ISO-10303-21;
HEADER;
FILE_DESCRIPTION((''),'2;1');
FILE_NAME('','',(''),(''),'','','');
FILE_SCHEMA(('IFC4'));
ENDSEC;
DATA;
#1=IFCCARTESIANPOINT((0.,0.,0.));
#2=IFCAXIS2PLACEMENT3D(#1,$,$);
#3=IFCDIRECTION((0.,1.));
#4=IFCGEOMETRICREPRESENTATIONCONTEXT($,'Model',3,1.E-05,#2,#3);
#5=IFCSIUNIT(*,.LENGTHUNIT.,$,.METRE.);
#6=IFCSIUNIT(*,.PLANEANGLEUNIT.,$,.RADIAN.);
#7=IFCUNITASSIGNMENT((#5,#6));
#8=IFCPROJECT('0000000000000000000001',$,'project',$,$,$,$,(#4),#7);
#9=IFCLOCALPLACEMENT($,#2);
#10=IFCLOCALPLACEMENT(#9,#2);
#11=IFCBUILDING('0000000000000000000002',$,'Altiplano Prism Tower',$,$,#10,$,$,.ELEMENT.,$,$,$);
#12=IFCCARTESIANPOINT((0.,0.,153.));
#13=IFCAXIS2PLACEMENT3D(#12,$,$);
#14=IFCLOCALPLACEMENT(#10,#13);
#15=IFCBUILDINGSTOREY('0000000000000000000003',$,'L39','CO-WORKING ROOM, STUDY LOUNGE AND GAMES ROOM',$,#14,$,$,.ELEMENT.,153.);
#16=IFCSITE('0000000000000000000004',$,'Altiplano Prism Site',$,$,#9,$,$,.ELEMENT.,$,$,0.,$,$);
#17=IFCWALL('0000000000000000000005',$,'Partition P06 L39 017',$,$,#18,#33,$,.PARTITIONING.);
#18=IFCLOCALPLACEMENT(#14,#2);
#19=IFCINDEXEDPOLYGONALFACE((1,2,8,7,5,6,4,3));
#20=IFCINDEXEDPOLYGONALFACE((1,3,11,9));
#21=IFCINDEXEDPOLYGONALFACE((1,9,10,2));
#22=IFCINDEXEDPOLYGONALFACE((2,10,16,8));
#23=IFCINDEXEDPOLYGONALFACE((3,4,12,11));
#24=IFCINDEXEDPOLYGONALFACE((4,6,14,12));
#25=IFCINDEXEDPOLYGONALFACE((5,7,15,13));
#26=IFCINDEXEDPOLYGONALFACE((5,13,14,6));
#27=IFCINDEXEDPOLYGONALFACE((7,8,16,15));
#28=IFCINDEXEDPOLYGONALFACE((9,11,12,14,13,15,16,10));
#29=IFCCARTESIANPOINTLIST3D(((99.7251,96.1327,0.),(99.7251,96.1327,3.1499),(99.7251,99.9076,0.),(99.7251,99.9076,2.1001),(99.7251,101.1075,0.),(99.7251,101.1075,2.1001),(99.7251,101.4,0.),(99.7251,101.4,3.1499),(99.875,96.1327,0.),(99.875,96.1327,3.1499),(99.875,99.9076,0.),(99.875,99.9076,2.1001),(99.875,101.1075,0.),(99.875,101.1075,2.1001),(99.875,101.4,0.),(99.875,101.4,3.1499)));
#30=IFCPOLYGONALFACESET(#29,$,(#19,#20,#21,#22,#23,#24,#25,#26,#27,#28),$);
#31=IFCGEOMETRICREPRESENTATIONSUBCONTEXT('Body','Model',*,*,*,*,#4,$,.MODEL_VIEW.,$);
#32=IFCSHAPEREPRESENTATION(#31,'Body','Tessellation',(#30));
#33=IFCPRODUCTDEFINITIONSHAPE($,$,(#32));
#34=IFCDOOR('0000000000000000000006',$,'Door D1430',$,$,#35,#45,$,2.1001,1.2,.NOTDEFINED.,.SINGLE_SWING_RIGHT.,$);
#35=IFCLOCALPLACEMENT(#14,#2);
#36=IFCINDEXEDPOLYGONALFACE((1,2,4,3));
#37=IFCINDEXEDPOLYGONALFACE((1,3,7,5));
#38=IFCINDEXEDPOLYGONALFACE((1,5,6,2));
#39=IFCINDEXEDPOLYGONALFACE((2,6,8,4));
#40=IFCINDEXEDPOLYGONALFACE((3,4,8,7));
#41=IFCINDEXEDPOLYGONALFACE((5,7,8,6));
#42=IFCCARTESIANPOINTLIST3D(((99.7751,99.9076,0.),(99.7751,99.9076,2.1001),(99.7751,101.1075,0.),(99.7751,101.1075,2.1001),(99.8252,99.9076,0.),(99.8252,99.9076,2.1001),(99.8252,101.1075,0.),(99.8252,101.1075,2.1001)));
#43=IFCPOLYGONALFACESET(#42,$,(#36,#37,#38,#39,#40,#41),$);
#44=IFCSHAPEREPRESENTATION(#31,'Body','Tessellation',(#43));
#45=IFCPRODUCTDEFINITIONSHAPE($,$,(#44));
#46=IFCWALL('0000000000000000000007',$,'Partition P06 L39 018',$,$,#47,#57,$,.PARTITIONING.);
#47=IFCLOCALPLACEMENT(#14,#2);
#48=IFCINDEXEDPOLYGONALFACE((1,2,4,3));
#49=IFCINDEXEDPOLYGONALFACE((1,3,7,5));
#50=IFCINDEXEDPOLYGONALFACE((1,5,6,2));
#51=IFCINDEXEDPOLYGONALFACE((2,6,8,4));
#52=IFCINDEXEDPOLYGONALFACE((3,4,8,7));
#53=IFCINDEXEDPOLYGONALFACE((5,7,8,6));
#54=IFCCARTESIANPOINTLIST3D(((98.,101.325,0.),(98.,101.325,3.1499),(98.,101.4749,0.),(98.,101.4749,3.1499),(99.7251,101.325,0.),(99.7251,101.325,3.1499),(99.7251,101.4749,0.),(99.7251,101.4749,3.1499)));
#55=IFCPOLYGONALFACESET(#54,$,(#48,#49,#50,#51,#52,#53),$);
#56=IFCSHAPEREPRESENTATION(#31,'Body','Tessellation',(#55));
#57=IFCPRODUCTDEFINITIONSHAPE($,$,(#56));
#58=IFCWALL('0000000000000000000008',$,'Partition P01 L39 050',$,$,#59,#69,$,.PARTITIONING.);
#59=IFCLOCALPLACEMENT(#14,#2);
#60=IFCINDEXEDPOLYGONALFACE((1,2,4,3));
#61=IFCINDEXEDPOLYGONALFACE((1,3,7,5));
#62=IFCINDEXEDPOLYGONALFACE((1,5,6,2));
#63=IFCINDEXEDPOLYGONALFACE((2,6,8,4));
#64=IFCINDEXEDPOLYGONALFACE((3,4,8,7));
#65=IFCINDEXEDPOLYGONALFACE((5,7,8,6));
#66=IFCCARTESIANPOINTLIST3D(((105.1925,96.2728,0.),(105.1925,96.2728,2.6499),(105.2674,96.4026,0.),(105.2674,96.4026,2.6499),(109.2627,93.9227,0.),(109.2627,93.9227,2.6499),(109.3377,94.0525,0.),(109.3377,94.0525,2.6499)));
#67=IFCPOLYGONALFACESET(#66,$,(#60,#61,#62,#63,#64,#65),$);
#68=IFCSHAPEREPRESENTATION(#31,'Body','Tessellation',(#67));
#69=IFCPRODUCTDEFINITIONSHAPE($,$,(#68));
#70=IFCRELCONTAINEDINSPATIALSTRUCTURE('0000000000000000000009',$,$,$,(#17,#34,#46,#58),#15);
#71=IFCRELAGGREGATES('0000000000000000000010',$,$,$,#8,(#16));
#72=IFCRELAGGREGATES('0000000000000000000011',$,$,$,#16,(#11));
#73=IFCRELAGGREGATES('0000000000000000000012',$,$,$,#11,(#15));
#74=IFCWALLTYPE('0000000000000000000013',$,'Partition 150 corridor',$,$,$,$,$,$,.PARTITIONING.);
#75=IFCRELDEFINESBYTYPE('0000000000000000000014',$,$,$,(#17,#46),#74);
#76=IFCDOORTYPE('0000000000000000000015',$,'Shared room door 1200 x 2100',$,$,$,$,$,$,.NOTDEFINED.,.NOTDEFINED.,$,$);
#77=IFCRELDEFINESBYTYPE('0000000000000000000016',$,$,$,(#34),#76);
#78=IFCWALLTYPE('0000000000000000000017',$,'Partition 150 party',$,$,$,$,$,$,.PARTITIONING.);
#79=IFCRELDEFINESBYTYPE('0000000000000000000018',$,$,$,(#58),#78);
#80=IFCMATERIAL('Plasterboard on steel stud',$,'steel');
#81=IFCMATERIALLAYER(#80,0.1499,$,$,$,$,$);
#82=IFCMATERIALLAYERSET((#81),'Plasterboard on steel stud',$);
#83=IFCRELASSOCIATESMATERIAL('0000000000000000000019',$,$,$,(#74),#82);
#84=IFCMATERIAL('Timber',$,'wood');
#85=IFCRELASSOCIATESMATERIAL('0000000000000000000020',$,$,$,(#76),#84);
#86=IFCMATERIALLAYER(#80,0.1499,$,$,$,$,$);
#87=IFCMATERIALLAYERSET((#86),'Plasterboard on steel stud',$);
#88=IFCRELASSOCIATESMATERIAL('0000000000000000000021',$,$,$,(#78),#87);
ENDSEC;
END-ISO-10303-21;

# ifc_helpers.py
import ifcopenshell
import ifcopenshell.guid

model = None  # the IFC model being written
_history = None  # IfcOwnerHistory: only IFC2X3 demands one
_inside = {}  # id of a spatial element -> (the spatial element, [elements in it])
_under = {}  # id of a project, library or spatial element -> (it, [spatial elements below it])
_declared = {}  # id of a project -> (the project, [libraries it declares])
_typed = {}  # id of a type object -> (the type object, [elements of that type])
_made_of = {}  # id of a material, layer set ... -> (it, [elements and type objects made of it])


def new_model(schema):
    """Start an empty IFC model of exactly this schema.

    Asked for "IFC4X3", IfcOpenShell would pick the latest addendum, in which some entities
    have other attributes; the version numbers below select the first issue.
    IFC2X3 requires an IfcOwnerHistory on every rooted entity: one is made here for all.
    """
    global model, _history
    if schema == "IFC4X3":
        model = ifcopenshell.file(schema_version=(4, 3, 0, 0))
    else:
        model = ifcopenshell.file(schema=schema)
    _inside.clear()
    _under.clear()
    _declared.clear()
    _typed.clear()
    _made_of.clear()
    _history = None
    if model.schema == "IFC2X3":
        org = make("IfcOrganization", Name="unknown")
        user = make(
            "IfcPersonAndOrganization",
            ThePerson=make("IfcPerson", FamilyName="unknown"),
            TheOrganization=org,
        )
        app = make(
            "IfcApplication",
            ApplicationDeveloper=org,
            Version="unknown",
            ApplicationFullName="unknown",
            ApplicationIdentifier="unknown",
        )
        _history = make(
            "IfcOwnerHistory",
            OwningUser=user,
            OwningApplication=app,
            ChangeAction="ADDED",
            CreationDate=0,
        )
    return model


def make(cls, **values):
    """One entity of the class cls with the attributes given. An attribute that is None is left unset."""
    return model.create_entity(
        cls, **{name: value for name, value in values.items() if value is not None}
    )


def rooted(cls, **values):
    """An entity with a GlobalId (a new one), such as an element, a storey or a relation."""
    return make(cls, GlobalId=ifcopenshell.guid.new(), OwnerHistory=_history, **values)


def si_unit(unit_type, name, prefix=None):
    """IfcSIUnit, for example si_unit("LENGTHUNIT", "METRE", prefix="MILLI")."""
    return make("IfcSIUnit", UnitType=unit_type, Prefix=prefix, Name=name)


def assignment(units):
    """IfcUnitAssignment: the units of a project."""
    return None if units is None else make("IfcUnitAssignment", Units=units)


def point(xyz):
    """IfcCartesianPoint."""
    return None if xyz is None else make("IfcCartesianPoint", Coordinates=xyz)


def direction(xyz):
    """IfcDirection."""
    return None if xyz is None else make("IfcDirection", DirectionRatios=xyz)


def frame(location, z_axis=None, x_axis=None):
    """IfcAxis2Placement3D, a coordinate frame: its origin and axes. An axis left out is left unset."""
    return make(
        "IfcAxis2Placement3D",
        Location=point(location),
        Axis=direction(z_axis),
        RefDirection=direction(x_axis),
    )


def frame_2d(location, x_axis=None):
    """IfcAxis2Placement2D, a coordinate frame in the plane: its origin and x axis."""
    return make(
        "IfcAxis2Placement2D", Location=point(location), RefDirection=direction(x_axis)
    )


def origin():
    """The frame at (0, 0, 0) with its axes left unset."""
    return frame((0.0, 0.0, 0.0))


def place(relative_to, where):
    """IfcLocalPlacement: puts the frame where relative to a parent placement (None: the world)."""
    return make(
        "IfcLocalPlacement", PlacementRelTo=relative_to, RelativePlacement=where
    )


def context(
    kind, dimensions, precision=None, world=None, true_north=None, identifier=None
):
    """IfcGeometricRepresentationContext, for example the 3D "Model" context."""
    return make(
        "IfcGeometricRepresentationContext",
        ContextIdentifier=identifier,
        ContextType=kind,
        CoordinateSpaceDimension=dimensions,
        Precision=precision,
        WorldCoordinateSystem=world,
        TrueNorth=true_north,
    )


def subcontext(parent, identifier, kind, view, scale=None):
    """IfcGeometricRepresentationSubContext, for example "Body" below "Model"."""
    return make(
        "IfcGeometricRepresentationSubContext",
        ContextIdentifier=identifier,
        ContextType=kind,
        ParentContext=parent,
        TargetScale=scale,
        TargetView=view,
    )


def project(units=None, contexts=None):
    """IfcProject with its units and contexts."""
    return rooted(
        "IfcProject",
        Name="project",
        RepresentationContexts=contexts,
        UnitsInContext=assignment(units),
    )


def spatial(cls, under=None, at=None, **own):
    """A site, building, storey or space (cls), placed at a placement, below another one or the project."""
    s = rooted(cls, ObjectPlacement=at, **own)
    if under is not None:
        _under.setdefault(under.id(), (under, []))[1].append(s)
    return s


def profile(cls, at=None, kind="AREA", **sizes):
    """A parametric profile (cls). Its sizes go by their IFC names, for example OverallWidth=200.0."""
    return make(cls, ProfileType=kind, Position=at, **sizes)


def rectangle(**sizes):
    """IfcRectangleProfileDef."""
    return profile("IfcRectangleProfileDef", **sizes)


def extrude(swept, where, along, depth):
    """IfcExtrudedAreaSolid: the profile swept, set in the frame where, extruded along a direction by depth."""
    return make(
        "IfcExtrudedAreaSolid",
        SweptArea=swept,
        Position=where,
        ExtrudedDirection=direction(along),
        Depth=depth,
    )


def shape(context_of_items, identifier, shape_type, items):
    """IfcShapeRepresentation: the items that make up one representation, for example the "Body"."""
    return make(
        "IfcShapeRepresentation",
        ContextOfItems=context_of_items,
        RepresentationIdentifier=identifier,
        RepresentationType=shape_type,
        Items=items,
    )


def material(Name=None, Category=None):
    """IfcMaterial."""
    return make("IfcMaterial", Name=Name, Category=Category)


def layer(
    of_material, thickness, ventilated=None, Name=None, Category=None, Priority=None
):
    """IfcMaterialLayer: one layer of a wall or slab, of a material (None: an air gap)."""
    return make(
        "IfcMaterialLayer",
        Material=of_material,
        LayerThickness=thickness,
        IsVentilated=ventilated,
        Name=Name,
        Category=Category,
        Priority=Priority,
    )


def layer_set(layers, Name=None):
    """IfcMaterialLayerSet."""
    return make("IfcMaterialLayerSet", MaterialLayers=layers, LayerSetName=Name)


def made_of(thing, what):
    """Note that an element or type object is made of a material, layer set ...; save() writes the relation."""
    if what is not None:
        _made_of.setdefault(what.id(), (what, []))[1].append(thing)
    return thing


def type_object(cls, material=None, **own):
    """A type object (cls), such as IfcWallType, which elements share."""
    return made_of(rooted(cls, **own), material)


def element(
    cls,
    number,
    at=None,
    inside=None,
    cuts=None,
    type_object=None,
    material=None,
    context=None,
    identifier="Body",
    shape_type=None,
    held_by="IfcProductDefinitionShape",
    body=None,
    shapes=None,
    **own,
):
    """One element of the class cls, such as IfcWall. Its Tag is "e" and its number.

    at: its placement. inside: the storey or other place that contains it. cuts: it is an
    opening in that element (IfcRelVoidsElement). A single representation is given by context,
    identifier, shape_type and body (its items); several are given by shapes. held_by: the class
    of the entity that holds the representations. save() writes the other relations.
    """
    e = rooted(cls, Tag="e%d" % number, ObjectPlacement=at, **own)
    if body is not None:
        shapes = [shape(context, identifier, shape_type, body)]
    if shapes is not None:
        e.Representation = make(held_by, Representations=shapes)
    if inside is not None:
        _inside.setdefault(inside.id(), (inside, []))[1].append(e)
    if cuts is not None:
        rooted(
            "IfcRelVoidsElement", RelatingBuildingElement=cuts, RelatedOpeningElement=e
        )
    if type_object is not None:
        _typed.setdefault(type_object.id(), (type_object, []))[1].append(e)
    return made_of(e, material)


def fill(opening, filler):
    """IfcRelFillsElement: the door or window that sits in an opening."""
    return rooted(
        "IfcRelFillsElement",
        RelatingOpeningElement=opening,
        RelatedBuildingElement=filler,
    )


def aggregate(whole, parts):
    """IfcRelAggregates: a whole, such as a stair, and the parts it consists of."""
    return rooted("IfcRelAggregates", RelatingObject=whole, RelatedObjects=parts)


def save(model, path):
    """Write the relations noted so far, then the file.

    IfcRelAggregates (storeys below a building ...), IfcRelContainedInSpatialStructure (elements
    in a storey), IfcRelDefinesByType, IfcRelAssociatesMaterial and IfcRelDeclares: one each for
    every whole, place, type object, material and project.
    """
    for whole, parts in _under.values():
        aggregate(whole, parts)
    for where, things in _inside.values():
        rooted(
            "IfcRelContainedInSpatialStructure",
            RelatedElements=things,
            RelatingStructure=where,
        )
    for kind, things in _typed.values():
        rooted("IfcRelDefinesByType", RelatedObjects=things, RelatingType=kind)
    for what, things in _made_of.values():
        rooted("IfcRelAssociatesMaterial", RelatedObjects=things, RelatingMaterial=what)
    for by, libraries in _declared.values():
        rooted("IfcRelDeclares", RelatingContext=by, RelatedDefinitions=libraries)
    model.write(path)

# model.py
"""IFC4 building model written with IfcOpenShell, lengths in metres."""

from ifc_helpers import new_model, si_unit, direction, frame, frame_2d, origin, place, context, subcontext, project, spatial, rectangle, extrude, material, layer, layer_set, type_object, element, fill, save


model = new_model("IFC4")

# Units and contexts
model_context = context("Model", 3, precision=1e-05, world=origin(), true_north=direction((0.0, 1.0)))
body_context = subcontext(model_context, "Body", "Model", "MODEL_VIEW")
ifc_project = project(units=[si_unit("LENGTHUNIT", "METRE"), si_unit("PLANEANGLEUNIT", "RADIAN")], contexts=[model_context])

# Site, building, storey
site_placement = place(None, origin())
site = spatial("IfcSite", under=ifc_project, at=site_placement, Name="Altiplano Prism Site", CompositionType="ELEMENT", RefElevation=0.0)
building_placement = place(site_placement, origin())
building = spatial("IfcBuilding", under=site, at=building_placement, Name="Altiplano Prism Tower", CompositionType="ELEMENT")
storey_placement = place(building_placement, frame((0.0, 0.0, 153.0)))
storey = spatial("IfcBuildingStorey", under=building, at=storey_placement, Name="L39", Description="CO-WORKING ROOM, STUDY LOUNGE AND GAMES ROOM", CompositionType="ELEMENT", Elevation=153.0)

# Shared definitions
ifc_material_1 = material(Name="Plasterboard on steel stud", Category="steel")
ifc_layer_1 = layer(ifc_material_1, 0.1499)
ifc_layer_set_1 = layer_set([ifc_layer_1], Name="Plasterboard on steel stud")
wall_type_1 = type_object("IfcWallType", Name="Partition 150 corridor", PredefinedType="PARTITIONING", material=ifc_layer_set_1)

# Wall, opening, door
wall_1_placement = place(storey_placement, frame((99.8, 96.1326, 0.0), z_axis=(0.0, 0.0, 1.0), x_axis=(0.0, 1.0, 0.0)))
wall_1 = element("IfcWall", 1, at=wall_1_placement, inside=storey, type_object=wall_type_1, Name="Partition P06 L39 017", PredefinedType="PARTITIONING", context=body_context, shape_type="SweptSolid", body=[
    extrude(rectangle(XDim=5.2673, YDim=0.1499, at=frame_2d((2.6338, 0.0))), origin(), (0.0, 0.0, 1.0), 3.1499),
])
opening_placement = place(wall_1_placement, frame((3.7749, 0.0, 0.0)))
opening = element("IfcOpeningElement", 2, at=opening_placement, cuts=wall_1, PredefinedType="OPENING", context=body_context, shape_type="SweptSolid", body=[
    extrude(rectangle(XDim=1.2, YDim=2.1001, at=frame_2d((0.6001, 1.05))), frame((0.0, 0.0854, 0.0), z_axis=(0.0, -1.0, 0.0), x_axis=(1.0, 0.0, 0.0)), (0.0, 0.0, 1.0), 0.1709),
])
ifc_material_2 = material(Name="Timber", Category="wood")
door_type = type_object("IfcDoorType", Name="Shared room door 1200 x 2100", OperationType="NOTDEFINED", PredefinedType="NOTDEFINED", material=ifc_material_2)
door_placement = place(opening_placement, origin())
door = element("IfcDoor", 3, at=door_placement, inside=storey, type_object=door_type, Name="Door D1430", OperationType="SINGLE_SWING_RIGHT", OverallHeight=2.1001, OverallWidth=1.2, PredefinedType="NOTDEFINED", context=body_context, shape_type="SweptSolid", body=[
    extrude(rectangle(XDim=1.2, YDim=2.1001, at=frame_2d((0.6001, 1.05))), frame((0.0, 0.0249, 0.0), z_axis=(0.0, -1.0, 0.0), x_axis=(1.0, 0.0, 0.0)), (0.0, 0.0, 1.0), 0.05),
])
fill(opening, door)

# Walls
wall_2_placement = place(storey_placement, frame((99.7251, 101.3999, 0.0), z_axis=(0.0, 0.0, 1.0), x_axis=(-1.0, 0.0, 0.0)))
element("IfcWall", 4, at=wall_2_placement, inside=storey, type_object=wall_type_1, Name="Partition P06 L39 018", PredefinedType="PARTITIONING", context=body_context, shape_type="SweptSolid", body=[
    extrude(rectangle(XDim=1.7251, YDim=0.1499, at=frame_2d((0.8625, 0.0))), origin(), (0.0, 0.0, 1.0), 3.1499),
])
ifc_layer_2 = layer(ifc_material_1, 0.1499)
ifc_layer_set_2 = layer_set([ifc_layer_2], Name="Plasterboard on steel stud")
wall_type_2 = type_object("IfcWallType", Name="Partition 150 party", PredefinedType="PARTITIONING", material=ifc_layer_set_2)
wall_3_placement = place(storey_placement, frame((109.3003, 93.9875, 0.0), z_axis=(0.0, 0.0, 1.0), x_axis=(-0.866016, 0.500016, 0.0)))
element("IfcWall", 5, at=wall_3_placement, inside=storey, type_object=wall_type_2, Name="Partition P01 L39 050", PredefinedType="PARTITIONING", context=body_context, shape_type="SweptSolid", body=[
    extrude(rectangle(XDim=4.7, YDim=0.1499, at=frame_2d((2.3501, 0.0))), origin(), (0.0, 0.0, 1.0), 2.6499),
])

save(model, "model.ifc")
